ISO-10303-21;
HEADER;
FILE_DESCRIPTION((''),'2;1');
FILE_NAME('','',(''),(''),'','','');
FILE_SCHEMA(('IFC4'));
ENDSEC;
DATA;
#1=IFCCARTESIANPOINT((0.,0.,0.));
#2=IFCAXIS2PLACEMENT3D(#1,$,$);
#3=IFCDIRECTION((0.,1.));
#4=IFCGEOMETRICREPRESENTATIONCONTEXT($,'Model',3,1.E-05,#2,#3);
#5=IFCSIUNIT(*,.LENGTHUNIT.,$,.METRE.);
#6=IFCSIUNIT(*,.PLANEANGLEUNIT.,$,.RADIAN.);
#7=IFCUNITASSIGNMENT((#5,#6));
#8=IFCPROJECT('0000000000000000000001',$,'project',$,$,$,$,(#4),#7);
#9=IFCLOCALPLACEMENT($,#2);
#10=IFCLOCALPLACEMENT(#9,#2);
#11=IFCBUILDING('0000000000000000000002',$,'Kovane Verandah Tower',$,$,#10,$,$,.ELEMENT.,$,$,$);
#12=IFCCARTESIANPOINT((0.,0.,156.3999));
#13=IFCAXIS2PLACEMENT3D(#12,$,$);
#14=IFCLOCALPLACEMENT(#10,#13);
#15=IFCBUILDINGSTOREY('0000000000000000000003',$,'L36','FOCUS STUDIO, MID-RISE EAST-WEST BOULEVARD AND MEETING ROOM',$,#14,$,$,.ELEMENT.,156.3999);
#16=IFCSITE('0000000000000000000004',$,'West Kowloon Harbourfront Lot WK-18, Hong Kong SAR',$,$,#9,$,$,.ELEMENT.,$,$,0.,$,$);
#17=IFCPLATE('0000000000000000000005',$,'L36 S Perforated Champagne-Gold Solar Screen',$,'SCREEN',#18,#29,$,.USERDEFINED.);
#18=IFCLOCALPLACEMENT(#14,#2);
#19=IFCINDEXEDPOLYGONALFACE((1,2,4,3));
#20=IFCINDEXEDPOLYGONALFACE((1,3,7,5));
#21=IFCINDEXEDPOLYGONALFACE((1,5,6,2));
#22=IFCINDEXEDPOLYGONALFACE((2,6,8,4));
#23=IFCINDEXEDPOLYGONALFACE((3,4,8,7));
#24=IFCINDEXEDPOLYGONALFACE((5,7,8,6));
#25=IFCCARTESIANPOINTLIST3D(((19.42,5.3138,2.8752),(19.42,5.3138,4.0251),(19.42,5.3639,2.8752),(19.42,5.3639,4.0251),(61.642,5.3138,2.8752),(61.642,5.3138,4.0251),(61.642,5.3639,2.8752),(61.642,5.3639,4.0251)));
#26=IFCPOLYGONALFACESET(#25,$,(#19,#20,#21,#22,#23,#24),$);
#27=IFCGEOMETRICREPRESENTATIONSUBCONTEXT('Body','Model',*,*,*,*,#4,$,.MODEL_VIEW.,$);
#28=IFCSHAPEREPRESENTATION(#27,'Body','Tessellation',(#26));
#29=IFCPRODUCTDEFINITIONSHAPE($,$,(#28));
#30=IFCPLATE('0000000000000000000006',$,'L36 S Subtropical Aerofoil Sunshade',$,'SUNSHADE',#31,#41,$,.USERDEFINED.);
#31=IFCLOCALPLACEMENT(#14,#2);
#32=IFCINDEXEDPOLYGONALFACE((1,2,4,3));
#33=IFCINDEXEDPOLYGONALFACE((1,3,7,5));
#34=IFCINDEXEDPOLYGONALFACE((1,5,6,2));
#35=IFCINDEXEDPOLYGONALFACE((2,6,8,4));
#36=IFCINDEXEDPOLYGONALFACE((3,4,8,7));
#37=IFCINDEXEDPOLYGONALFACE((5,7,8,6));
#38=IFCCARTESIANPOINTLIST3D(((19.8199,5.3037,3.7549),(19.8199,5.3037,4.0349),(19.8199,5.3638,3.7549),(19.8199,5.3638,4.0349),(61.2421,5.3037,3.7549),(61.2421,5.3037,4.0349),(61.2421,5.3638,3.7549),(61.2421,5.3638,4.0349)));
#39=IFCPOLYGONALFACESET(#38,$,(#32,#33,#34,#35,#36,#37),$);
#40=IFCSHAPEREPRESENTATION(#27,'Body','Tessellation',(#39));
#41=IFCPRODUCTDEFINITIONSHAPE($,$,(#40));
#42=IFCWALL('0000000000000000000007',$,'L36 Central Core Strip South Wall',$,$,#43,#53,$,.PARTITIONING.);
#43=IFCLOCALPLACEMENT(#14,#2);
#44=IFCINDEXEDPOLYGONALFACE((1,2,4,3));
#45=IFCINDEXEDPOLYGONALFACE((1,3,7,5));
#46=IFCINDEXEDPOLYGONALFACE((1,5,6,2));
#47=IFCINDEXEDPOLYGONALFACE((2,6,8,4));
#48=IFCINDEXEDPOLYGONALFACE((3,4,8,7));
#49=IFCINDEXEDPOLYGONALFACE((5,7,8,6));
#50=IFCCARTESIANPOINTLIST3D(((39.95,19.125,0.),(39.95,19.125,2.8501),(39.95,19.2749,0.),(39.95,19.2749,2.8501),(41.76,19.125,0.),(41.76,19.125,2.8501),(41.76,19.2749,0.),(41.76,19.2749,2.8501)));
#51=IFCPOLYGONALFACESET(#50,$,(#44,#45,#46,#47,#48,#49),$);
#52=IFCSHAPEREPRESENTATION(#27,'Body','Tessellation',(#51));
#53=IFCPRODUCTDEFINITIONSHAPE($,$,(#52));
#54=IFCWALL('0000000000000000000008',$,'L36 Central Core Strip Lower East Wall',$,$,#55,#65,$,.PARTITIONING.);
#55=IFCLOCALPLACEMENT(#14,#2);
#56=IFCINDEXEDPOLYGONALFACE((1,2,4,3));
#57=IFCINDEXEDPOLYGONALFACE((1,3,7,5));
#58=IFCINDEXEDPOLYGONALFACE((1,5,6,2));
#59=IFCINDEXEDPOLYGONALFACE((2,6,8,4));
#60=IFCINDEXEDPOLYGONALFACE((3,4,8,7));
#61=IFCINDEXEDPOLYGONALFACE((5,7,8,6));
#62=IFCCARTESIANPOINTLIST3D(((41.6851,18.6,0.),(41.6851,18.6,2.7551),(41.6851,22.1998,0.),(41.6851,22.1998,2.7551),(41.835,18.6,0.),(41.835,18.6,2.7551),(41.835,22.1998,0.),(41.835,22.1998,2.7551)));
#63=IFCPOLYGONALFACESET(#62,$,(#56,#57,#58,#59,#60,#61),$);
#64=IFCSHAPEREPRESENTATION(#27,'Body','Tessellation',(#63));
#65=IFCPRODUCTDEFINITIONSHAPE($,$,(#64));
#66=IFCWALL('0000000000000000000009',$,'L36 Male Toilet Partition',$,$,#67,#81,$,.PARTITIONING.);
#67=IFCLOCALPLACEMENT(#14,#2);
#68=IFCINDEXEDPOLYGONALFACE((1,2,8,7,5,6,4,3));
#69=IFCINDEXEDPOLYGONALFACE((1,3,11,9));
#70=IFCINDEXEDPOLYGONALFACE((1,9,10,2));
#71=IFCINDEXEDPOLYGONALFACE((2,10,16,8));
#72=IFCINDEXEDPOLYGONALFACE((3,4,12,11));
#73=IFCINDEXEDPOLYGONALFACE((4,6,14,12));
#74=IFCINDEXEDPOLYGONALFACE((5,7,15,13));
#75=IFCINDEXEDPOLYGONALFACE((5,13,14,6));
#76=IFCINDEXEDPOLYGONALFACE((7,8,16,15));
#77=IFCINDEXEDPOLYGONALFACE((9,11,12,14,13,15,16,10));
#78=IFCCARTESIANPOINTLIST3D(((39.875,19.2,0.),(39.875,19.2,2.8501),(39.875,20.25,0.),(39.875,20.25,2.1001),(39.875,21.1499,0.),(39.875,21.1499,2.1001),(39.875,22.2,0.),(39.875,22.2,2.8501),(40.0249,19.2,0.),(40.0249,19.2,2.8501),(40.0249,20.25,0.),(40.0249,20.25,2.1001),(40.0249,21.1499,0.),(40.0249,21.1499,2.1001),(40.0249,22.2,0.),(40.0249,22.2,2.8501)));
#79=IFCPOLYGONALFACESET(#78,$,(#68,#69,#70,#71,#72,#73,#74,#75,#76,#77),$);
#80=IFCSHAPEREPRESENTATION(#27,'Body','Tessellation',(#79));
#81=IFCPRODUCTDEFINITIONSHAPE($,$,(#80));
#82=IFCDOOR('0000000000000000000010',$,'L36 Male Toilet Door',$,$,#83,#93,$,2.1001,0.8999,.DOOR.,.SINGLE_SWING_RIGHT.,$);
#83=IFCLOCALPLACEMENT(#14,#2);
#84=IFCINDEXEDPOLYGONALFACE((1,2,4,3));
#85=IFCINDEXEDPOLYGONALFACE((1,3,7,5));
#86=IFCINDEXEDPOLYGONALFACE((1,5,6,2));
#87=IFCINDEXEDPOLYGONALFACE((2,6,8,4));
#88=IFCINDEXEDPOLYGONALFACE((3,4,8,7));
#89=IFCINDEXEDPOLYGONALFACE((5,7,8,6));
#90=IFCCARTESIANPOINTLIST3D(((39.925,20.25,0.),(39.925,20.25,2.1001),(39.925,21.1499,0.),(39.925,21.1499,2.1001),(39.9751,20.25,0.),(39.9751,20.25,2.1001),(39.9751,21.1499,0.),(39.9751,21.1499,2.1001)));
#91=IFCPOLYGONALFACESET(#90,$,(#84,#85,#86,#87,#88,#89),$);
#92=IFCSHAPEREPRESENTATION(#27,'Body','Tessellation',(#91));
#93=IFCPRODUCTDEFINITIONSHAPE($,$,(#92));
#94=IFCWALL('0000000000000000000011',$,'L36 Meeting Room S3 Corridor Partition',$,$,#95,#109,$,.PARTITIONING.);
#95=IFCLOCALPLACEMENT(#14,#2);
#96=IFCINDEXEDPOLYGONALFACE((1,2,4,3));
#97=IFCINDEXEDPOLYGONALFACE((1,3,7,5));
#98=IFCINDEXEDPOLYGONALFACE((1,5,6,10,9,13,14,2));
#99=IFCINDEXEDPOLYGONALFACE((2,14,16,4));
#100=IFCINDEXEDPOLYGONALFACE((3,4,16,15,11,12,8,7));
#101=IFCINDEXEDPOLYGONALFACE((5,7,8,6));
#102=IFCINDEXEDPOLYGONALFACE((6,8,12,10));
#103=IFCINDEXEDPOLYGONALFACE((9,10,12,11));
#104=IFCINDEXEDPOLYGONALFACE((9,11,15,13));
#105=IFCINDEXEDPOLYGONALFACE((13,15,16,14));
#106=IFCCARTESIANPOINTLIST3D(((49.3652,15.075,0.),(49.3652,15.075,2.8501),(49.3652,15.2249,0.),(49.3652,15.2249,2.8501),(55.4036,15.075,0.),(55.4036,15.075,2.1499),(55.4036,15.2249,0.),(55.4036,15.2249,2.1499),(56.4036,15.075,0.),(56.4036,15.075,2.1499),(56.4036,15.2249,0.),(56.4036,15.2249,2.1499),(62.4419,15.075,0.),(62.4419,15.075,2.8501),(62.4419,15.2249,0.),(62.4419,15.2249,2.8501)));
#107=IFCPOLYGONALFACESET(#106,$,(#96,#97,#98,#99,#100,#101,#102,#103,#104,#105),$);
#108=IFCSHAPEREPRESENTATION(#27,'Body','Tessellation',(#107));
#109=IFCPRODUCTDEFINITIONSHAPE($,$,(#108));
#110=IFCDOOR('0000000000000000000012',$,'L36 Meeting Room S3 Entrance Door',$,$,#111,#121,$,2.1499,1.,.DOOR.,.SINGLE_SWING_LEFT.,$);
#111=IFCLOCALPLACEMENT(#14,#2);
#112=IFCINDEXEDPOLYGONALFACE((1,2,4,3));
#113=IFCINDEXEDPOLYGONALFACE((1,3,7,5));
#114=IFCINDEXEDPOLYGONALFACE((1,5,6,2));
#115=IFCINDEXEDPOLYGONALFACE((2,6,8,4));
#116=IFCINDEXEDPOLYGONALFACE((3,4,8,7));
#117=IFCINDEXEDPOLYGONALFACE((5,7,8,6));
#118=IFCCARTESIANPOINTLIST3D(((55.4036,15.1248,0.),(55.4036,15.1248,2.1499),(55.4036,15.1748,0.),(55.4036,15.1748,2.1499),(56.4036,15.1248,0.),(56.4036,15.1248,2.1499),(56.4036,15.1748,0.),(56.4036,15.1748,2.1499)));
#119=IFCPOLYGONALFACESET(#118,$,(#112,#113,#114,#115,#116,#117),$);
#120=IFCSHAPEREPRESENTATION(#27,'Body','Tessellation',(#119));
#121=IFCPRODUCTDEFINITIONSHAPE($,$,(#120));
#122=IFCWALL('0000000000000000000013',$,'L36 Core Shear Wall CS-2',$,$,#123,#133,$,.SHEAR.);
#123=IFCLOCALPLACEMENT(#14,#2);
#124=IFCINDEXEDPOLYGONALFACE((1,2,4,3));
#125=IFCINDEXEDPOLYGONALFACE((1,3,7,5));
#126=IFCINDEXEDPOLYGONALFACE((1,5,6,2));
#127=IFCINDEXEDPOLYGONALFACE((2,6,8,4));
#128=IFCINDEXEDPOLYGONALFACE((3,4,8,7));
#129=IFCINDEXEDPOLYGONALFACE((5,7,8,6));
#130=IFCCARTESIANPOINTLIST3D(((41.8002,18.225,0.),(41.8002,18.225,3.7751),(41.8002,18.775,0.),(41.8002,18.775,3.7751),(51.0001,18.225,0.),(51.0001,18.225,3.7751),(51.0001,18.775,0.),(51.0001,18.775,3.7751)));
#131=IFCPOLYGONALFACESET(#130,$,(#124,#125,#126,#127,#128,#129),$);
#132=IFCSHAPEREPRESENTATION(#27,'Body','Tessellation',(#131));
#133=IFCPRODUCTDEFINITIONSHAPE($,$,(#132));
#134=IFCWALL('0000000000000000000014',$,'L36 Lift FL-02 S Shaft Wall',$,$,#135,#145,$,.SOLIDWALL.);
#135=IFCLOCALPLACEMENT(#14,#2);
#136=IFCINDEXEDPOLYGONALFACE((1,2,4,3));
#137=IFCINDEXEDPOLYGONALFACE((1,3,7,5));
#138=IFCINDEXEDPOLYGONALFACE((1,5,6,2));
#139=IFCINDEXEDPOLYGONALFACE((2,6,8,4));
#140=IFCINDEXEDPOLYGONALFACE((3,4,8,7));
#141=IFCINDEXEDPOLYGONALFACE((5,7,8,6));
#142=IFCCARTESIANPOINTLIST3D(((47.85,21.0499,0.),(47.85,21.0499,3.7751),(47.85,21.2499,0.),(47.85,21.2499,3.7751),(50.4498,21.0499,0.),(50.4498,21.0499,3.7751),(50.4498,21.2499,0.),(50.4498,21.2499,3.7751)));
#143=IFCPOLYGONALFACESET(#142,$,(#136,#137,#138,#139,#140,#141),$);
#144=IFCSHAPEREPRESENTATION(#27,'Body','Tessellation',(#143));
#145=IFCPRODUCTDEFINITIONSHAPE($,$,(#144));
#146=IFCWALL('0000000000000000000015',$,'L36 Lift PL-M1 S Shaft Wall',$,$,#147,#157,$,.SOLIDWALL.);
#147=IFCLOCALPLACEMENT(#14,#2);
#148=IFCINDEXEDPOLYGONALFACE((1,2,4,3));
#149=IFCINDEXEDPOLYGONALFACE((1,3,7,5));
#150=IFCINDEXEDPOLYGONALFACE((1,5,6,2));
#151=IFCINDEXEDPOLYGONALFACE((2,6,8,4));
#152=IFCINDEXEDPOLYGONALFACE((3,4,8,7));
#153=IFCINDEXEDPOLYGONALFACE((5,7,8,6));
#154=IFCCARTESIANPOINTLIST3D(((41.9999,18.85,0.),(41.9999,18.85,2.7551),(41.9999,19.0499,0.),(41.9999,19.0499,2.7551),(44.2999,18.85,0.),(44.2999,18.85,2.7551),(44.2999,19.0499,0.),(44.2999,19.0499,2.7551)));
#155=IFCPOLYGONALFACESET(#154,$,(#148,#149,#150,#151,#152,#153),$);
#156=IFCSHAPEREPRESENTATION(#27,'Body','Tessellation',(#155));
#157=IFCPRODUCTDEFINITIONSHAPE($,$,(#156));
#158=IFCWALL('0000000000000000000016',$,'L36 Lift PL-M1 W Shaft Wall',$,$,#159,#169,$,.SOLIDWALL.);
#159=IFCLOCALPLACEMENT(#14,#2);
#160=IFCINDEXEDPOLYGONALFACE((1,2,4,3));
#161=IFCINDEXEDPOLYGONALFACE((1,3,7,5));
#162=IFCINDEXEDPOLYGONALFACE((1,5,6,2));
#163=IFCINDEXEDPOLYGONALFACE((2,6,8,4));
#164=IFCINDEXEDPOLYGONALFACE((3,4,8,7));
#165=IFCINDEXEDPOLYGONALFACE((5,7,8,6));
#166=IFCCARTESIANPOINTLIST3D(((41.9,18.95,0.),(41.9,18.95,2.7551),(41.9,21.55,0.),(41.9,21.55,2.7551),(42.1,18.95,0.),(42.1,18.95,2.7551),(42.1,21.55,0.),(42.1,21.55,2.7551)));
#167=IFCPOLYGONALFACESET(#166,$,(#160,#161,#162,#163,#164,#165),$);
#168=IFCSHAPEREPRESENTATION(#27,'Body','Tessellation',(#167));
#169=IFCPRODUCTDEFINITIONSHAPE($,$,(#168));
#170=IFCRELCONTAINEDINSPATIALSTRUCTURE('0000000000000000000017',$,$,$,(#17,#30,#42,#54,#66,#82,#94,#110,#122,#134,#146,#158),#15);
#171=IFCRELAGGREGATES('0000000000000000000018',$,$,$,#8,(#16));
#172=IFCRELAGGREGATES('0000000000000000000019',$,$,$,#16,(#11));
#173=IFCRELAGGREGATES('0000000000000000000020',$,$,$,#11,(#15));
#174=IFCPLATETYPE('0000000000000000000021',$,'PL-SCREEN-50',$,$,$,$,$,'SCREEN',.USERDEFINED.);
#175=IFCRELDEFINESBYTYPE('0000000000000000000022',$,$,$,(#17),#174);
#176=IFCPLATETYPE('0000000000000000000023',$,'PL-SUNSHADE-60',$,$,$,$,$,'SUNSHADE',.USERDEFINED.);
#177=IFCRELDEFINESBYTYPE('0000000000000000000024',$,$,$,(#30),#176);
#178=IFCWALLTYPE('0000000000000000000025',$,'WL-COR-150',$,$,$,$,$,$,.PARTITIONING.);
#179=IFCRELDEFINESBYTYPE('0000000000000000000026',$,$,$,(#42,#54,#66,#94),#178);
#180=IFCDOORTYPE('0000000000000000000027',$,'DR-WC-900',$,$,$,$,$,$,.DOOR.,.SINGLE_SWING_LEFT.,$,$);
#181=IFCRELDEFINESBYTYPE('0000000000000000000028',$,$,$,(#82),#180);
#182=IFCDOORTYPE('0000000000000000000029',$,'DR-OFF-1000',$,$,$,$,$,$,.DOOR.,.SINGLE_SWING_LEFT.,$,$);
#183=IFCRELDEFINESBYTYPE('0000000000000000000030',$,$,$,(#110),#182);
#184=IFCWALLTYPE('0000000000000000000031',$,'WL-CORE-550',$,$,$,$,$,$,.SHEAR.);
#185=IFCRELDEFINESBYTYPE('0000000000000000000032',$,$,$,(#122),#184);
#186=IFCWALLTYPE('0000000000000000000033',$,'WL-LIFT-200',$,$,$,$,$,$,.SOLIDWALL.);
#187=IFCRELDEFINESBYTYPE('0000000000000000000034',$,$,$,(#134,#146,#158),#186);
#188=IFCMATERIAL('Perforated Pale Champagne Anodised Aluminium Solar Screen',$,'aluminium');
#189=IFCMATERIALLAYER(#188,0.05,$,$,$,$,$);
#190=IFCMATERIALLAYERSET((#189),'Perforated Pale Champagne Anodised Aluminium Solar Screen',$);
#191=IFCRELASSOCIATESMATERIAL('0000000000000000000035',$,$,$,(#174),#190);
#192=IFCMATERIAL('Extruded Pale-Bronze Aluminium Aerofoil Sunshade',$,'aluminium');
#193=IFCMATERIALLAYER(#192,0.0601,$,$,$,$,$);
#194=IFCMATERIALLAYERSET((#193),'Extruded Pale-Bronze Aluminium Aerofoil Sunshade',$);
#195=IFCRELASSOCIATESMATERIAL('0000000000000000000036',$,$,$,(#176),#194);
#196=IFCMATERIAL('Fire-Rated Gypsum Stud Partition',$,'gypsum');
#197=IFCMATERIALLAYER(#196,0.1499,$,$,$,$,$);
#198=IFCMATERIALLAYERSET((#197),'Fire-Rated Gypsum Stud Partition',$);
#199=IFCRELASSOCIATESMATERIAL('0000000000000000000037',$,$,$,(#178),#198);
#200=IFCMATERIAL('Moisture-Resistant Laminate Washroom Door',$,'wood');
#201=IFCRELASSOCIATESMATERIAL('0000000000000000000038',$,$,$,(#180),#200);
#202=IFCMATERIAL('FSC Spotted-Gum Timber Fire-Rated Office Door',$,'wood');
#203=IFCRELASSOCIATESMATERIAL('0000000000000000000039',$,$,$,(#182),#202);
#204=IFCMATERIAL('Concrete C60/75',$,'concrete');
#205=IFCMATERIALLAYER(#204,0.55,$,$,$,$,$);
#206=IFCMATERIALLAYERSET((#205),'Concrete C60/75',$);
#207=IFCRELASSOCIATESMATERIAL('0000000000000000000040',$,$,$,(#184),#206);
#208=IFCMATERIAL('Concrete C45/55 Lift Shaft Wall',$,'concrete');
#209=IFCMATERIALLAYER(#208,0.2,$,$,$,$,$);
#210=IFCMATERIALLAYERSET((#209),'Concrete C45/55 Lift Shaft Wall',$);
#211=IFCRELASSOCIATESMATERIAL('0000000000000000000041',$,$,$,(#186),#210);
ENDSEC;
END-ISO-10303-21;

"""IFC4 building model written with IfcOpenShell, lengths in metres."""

from ifc_helpers import new_model, si_unit, direction, frame, frame_2d, origin, origin_2d, place, context, subcontext, project, spatial, rectangle, extrude, material, layer, layer_set, type_object, element, fill, save


model = new_model("IFC4")

# Units and contexts
model_context = context("Model", 3, precision=1e-05, world=origin(), true_north=direction((0.0, 1.0)))
body_context = subcontext(model_context, "Body", "Model", "MODEL_VIEW")
ifc_project = project(units=[si_unit("LENGTHUNIT", "METRE"), si_unit("PLANEANGLEUNIT", "RADIAN")], contexts=[model_context])

# Site, building, storey
site_placement = place(None, origin())
site = spatial("IfcSite", under=ifc_project, at=site_placement, Name="West Kowloon Harbourfront Lot WK-18, Hong Kong SAR", CompositionType="ELEMENT", RefElevation=0.0)
building_placement = place(site_placement, origin())
building = spatial("IfcBuilding", under=site, at=building_placement, Name="Kovane Verandah Tower", CompositionType="ELEMENT")
storey_placement = place(building_placement, frame((0.0, 0.0, 156.3999)))
storey = spatial("IfcBuildingStorey", under=building, at=storey_placement, Name="L36", Description="FOCUS STUDIO, MID-RISE EAST-WEST BOULEVARD AND MEETING ROOM", CompositionType="ELEMENT", Elevation=156.3999)

# Shared definitions
ifc_material_1 = material(Name="Concrete C60/75", Category="concrete")

# Plates
ifc_material_2 = material(Name="Perforated Pale Champagne Anodised Aluminium Solar Screen", Category="aluminium")
ifc_layer_1 = layer(ifc_material_2, 0.05)
ifc_layer_set_1 = layer_set([ifc_layer_1], Name="Perforated Pale Champagne Anodised Aluminium Solar Screen")
plate_type_1 = type_object("IfcPlateType", Name="PL-SCREEN-50", ElementType="SCREEN", PredefinedType="USERDEFINED", material=ifc_layer_set_1)
plate_1_placement = place(storey_placement, frame((40.531, 5.3389, 2.8752), z_axis=(0.0, 0.0, 1.0), x_axis=(1.0, 0.0, 0.0)))
element("IfcPlate", 1, at=plate_1_placement, inside=storey, type_object=plate_type_1, Name="L36 S Perforated Champagne-Gold Solar Screen", ObjectType="SCREEN", PredefinedType="USERDEFINED", context=body_context, shape_type="SweptSolid", body=[
    extrude(rectangle(XDim=42.2219, YDim=0.05, at=origin_2d()), origin(), (0.0, 0.0, 1.0), 1.1499),
])
ifc_material_3 = material(Name="Extruded Pale-Bronze Aluminium Aerofoil Sunshade", Category="aluminium")
ifc_layer_2 = layer(ifc_material_3, 0.0601)
ifc_layer_set_2 = layer_set([ifc_layer_2], Name="Extruded Pale-Bronze Aluminium Aerofoil Sunshade")
plate_type_2 = type_object("IfcPlateType", Name="PL-SUNSHADE-60", ElementType="SUNSHADE", PredefinedType="USERDEFINED", material=ifc_layer_set_2)
plate_2_placement = place(storey_placement, frame((40.531, 5.3337, 3.7549), z_axis=(0.0, 0.0, 1.0), x_axis=(1.0, 0.0, 0.0)))
element("IfcPlate", 2, at=plate_2_placement, inside=storey, type_object=plate_type_2, Name="L36 S Subtropical Aerofoil Sunshade", ObjectType="SUNSHADE", PredefinedType="USERDEFINED", context=body_context, shape_type="SweptSolid", body=[
    extrude(rectangle(XDim=41.4221, YDim=0.0601, at=origin_2d()), origin(), (0.0, 0.0, 1.0), 0.28),
])

# Walls
ifc_material_4 = material(Name="Fire-Rated Gypsum Stud Partition", Category="gypsum")
ifc_layer_3 = layer(ifc_material_4, 0.1499)
ifc_layer_set_3 = layer_set([ifc_layer_3], Name="Fire-Rated Gypsum Stud Partition")
wall_type_1 = type_object("IfcWallType", Name="WL-COR-150", PredefinedType="PARTITIONING", material=ifc_layer_set_3)
wall_1_placement = place(storey_placement, frame((39.95, 19.2, 0.0), z_axis=(0.0, 0.0, 1.0), x_axis=(1.0, 0.0, 0.0)))
element("IfcWall", 3, at=wall_1_placement, inside=storey, type_object=wall_type_1, Name="L36 Central Core Strip South Wall", PredefinedType="PARTITIONING", context=body_context, shape_type="SweptSolid", body=[
    extrude(rectangle(XDim=1.8101, YDim=0.1499, at=frame_2d((0.905, 0.0))), origin(), (0.0, 0.0, 1.0), 2.8501),
])
wall_2_placement = place(storey_placement, frame((41.76, 18.6001, 0.0), z_axis=(0.0, 0.0, 1.0), x_axis=(0.0, 1.0, 0.0)))
element("IfcWall", 4, at=wall_2_placement, inside=storey, type_object=wall_type_1, Name="L36 Central Core Strip Lower East Wall", PredefinedType="PARTITIONING", context=body_context, shape_type="SweptSolid", body=[
    extrude(rectangle(XDim=3.5999, YDim=0.1499, at=frame_2d((1.7998, 0.0))), origin(), (0.0, 0.0, 1.0), 2.7551),
])

# Walls, openings, doors
wall_3_placement = place(storey_placement, frame((39.95, 19.2, 0.0), z_axis=(0.0, 0.0, 1.0), x_axis=(0.0, 1.0, 0.0)))
wall_3 = element("IfcWall", 5, at=wall_3_placement, inside=storey, type_object=wall_type_1, Name="L36 Male Toilet Partition", PredefinedType="PARTITIONING", context=body_context, shape_type="SweptSolid", body=[
    extrude(rectangle(XDim=3.0, YDim=0.1499, at=frame_2d((1.5, 0.0))), origin(), (0.0, 0.0, 1.0), 2.8501),
])
opening_1_placement = place(wall_3_placement, frame((1.05, 0.0, 0.0)))
opening_1 = element("IfcOpeningElement", 6, at=opening_1_placement, cuts=wall_3, PredefinedType="OPENING", context=body_context, shape_type="SweptSolid", body=[
    extrude(rectangle(XDim=0.8999, YDim=2.1001, at=frame_2d((0.45, 1.05))), frame((0.0, 0.075, 0.0), z_axis=(0.0, -1.0, 0.0), x_axis=(1.0, 0.0, 0.0)), (0.0, 0.0, 1.0), 0.1499),
])
ifc_material_5 = material(Name="Moisture-Resistant Laminate Washroom Door", Category="wood")
door_type_1 = type_object("IfcDoorType", Name="DR-WC-900", OperationType="SINGLE_SWING_LEFT", PredefinedType="DOOR", material=ifc_material_5)
door_1_placement = place(opening_1_placement, origin())
door_1 = element("IfcDoor", 7, at=door_1_placement, inside=storey, type_object=door_type_1, Name="L36 Male Toilet Door", OperationType="SINGLE_SWING_RIGHT", OverallHeight=2.1001, OverallWidth=0.8999, PredefinedType="DOOR", context=body_context, shape_type="SweptSolid", body=[
    extrude(rectangle(XDim=0.8999, YDim=2.1001, at=frame_2d((0.45, 1.05))), frame((0.0, 0.0249, 0.0), z_axis=(0.0, -1.0, 0.0), x_axis=(1.0, 0.0, 0.0)), (0.0, 0.0, 1.0), 0.05),
])
fill(opening_1, door_1)
wall_4_placement = place(storey_placement, frame((49.3652, 15.1499, 0.0), z_axis=(0.0, 0.0, 1.0), x_axis=(1.0, 0.0, 0.0)))
wall_4 = element("IfcWall", 8, at=wall_4_placement, inside=storey, type_object=wall_type_1, Name="L36 Meeting Room S3 Corridor Partition", PredefinedType="PARTITIONING", context=body_context, shape_type="SweptSolid", body=[
    extrude(rectangle(XDim=13.0767, YDim=0.1499, at=frame_2d((6.5383, 0.0))), origin(), (0.0, 0.0, 1.0), 2.8501),
])
opening_2_placement = place(wall_4_placement, frame((6.0383, 0.0, 0.0)))
opening_2 = element("IfcOpeningElement", 9, at=opening_2_placement, cuts=wall_4, PredefinedType="OPENING", context=body_context, shape_type="SweptSolid", body=[
    extrude(rectangle(XDim=1.0, YDim=2.1499, at=frame_2d((0.5, 1.075))), frame((0.0, 0.075, 0.0), z_axis=(0.0, -1.0, 0.0), x_axis=(1.0, 0.0, 0.0)), (0.0, 0.0, 1.0), 0.1499),
])
ifc_material_6 = material(Name="FSC Spotted-Gum Timber Fire-Rated Office Door", Category="wood")
door_type_2 = type_object("IfcDoorType", Name="DR-OFF-1000", OperationType="SINGLE_SWING_LEFT", PredefinedType="DOOR", material=ifc_material_6)
door_2_placement = place(opening_2_placement, origin())
door_2 = element("IfcDoor", 10, at=door_2_placement, inside=storey, type_object=door_type_2, Name="L36 Meeting Room S3 Entrance Door", OperationType="SINGLE_SWING_LEFT", OverallHeight=2.1499, OverallWidth=1.0, PredefinedType="DOOR", context=body_context, shape_type="SweptSolid", body=[
    extrude(rectangle(XDim=1.0, YDim=2.1499, at=frame_2d((0.5, 1.075))), frame((0.0, 0.0249, 0.0), z_axis=(0.0, -1.0, 0.0), x_axis=(1.0, 0.0, 0.0)), (0.0, 0.0, 1.0), 0.05),
])
fill(opening_2, door_2)

# Walls
ifc_layer_4 = layer(ifc_material_1, 0.55)
ifc_layer_set_4 = layer_set([ifc_layer_4], Name="Concrete C60/75")
wall_type_2 = type_object("IfcWallType", Name="WL-CORE-550", PredefinedType="SHEAR", material=ifc_layer_set_4)
wall_5_placement = place(storey_placement, frame((41.8, 18.5, 0.0), z_axis=(0.0, 0.0, 1.0), x_axis=(1.0, 0.0, 0.0)))
element("IfcWall", 11, at=wall_5_placement, inside=storey, type_object=wall_type_2, Name="L36 Core Shear Wall CS-2", PredefinedType="SHEAR", context=body_context, shape_type="SweptSolid", body=[
    extrude(rectangle(XDim=9.2, YDim=0.55, at=frame_2d((4.6001, 0.0))), origin(), (0.0, 0.0, 1.0), 3.7751),
])
ifc_material_7 = material(Name="Concrete C45/55 Lift Shaft Wall", Category="concrete")
ifc_layer_5 = layer(ifc_material_7, 0.2)
ifc_layer_set_5 = layer_set([ifc_layer_5], Name="Concrete C45/55 Lift Shaft Wall")
wall_type_3 = type_object("IfcWallType", Name="WL-LIFT-200", PredefinedType="SOLIDWALL", material=ifc_layer_set_5)
wall_6_placement = place(storey_placement, frame((47.8501, 21.1499, 0.0), z_axis=(0.0, 0.0, 1.0), x_axis=(1.0, 0.0, 0.0)))
element("IfcWall", 12, at=wall_6_placement, inside=storey, type_object=wall_type_3, Name="L36 Lift FL-02 S Shaft Wall", PredefinedType="SOLIDWALL", context=body_context, shape_type="SweptSolid", body=[
    extrude(rectangle(XDim=2.5999, YDim=0.2, at=frame_2d((1.2998, 0.0))), origin(), (0.0, 0.0, 1.0), 3.7751),
])
wall_7_placement = place(storey_placement, frame((42.0, 18.95, 0.0), z_axis=(0.0, 0.0, 1.0), x_axis=(1.0, 0.0, 0.0)))
element("IfcWall", 13, at=wall_7_placement, inside=storey, type_object=wall_type_3, Name="L36 Lift PL-M1 S Shaft Wall", PredefinedType="SOLIDWALL", context=body_context, shape_type="SweptSolid", body=[
    extrude(rectangle(XDim=2.3, YDim=0.2, at=frame_2d((1.1499, 0.0))), origin(), (0.0, 0.0, 1.0), 2.7551),
])
wall_8_placement = place(storey_placement, frame((42.0, 21.55, 0.0), z_axis=(0.0, 0.0, 1.0), x_axis=(0.0, -1.0, 0.0)))
element("IfcWall", 14, at=wall_8_placement, inside=storey, type_object=wall_type_3, Name="L36 Lift PL-M1 W Shaft Wall", PredefinedType="SOLIDWALL", context=body_context, shape_type="SweptSolid", body=[
    extrude(rectangle(XDim=2.6001, YDim=0.2, at=frame_2d((1.3, 0.0))), origin(), (0.0, 0.0, 1.0), 2.7551),
])

save(model, "model.ifc")
